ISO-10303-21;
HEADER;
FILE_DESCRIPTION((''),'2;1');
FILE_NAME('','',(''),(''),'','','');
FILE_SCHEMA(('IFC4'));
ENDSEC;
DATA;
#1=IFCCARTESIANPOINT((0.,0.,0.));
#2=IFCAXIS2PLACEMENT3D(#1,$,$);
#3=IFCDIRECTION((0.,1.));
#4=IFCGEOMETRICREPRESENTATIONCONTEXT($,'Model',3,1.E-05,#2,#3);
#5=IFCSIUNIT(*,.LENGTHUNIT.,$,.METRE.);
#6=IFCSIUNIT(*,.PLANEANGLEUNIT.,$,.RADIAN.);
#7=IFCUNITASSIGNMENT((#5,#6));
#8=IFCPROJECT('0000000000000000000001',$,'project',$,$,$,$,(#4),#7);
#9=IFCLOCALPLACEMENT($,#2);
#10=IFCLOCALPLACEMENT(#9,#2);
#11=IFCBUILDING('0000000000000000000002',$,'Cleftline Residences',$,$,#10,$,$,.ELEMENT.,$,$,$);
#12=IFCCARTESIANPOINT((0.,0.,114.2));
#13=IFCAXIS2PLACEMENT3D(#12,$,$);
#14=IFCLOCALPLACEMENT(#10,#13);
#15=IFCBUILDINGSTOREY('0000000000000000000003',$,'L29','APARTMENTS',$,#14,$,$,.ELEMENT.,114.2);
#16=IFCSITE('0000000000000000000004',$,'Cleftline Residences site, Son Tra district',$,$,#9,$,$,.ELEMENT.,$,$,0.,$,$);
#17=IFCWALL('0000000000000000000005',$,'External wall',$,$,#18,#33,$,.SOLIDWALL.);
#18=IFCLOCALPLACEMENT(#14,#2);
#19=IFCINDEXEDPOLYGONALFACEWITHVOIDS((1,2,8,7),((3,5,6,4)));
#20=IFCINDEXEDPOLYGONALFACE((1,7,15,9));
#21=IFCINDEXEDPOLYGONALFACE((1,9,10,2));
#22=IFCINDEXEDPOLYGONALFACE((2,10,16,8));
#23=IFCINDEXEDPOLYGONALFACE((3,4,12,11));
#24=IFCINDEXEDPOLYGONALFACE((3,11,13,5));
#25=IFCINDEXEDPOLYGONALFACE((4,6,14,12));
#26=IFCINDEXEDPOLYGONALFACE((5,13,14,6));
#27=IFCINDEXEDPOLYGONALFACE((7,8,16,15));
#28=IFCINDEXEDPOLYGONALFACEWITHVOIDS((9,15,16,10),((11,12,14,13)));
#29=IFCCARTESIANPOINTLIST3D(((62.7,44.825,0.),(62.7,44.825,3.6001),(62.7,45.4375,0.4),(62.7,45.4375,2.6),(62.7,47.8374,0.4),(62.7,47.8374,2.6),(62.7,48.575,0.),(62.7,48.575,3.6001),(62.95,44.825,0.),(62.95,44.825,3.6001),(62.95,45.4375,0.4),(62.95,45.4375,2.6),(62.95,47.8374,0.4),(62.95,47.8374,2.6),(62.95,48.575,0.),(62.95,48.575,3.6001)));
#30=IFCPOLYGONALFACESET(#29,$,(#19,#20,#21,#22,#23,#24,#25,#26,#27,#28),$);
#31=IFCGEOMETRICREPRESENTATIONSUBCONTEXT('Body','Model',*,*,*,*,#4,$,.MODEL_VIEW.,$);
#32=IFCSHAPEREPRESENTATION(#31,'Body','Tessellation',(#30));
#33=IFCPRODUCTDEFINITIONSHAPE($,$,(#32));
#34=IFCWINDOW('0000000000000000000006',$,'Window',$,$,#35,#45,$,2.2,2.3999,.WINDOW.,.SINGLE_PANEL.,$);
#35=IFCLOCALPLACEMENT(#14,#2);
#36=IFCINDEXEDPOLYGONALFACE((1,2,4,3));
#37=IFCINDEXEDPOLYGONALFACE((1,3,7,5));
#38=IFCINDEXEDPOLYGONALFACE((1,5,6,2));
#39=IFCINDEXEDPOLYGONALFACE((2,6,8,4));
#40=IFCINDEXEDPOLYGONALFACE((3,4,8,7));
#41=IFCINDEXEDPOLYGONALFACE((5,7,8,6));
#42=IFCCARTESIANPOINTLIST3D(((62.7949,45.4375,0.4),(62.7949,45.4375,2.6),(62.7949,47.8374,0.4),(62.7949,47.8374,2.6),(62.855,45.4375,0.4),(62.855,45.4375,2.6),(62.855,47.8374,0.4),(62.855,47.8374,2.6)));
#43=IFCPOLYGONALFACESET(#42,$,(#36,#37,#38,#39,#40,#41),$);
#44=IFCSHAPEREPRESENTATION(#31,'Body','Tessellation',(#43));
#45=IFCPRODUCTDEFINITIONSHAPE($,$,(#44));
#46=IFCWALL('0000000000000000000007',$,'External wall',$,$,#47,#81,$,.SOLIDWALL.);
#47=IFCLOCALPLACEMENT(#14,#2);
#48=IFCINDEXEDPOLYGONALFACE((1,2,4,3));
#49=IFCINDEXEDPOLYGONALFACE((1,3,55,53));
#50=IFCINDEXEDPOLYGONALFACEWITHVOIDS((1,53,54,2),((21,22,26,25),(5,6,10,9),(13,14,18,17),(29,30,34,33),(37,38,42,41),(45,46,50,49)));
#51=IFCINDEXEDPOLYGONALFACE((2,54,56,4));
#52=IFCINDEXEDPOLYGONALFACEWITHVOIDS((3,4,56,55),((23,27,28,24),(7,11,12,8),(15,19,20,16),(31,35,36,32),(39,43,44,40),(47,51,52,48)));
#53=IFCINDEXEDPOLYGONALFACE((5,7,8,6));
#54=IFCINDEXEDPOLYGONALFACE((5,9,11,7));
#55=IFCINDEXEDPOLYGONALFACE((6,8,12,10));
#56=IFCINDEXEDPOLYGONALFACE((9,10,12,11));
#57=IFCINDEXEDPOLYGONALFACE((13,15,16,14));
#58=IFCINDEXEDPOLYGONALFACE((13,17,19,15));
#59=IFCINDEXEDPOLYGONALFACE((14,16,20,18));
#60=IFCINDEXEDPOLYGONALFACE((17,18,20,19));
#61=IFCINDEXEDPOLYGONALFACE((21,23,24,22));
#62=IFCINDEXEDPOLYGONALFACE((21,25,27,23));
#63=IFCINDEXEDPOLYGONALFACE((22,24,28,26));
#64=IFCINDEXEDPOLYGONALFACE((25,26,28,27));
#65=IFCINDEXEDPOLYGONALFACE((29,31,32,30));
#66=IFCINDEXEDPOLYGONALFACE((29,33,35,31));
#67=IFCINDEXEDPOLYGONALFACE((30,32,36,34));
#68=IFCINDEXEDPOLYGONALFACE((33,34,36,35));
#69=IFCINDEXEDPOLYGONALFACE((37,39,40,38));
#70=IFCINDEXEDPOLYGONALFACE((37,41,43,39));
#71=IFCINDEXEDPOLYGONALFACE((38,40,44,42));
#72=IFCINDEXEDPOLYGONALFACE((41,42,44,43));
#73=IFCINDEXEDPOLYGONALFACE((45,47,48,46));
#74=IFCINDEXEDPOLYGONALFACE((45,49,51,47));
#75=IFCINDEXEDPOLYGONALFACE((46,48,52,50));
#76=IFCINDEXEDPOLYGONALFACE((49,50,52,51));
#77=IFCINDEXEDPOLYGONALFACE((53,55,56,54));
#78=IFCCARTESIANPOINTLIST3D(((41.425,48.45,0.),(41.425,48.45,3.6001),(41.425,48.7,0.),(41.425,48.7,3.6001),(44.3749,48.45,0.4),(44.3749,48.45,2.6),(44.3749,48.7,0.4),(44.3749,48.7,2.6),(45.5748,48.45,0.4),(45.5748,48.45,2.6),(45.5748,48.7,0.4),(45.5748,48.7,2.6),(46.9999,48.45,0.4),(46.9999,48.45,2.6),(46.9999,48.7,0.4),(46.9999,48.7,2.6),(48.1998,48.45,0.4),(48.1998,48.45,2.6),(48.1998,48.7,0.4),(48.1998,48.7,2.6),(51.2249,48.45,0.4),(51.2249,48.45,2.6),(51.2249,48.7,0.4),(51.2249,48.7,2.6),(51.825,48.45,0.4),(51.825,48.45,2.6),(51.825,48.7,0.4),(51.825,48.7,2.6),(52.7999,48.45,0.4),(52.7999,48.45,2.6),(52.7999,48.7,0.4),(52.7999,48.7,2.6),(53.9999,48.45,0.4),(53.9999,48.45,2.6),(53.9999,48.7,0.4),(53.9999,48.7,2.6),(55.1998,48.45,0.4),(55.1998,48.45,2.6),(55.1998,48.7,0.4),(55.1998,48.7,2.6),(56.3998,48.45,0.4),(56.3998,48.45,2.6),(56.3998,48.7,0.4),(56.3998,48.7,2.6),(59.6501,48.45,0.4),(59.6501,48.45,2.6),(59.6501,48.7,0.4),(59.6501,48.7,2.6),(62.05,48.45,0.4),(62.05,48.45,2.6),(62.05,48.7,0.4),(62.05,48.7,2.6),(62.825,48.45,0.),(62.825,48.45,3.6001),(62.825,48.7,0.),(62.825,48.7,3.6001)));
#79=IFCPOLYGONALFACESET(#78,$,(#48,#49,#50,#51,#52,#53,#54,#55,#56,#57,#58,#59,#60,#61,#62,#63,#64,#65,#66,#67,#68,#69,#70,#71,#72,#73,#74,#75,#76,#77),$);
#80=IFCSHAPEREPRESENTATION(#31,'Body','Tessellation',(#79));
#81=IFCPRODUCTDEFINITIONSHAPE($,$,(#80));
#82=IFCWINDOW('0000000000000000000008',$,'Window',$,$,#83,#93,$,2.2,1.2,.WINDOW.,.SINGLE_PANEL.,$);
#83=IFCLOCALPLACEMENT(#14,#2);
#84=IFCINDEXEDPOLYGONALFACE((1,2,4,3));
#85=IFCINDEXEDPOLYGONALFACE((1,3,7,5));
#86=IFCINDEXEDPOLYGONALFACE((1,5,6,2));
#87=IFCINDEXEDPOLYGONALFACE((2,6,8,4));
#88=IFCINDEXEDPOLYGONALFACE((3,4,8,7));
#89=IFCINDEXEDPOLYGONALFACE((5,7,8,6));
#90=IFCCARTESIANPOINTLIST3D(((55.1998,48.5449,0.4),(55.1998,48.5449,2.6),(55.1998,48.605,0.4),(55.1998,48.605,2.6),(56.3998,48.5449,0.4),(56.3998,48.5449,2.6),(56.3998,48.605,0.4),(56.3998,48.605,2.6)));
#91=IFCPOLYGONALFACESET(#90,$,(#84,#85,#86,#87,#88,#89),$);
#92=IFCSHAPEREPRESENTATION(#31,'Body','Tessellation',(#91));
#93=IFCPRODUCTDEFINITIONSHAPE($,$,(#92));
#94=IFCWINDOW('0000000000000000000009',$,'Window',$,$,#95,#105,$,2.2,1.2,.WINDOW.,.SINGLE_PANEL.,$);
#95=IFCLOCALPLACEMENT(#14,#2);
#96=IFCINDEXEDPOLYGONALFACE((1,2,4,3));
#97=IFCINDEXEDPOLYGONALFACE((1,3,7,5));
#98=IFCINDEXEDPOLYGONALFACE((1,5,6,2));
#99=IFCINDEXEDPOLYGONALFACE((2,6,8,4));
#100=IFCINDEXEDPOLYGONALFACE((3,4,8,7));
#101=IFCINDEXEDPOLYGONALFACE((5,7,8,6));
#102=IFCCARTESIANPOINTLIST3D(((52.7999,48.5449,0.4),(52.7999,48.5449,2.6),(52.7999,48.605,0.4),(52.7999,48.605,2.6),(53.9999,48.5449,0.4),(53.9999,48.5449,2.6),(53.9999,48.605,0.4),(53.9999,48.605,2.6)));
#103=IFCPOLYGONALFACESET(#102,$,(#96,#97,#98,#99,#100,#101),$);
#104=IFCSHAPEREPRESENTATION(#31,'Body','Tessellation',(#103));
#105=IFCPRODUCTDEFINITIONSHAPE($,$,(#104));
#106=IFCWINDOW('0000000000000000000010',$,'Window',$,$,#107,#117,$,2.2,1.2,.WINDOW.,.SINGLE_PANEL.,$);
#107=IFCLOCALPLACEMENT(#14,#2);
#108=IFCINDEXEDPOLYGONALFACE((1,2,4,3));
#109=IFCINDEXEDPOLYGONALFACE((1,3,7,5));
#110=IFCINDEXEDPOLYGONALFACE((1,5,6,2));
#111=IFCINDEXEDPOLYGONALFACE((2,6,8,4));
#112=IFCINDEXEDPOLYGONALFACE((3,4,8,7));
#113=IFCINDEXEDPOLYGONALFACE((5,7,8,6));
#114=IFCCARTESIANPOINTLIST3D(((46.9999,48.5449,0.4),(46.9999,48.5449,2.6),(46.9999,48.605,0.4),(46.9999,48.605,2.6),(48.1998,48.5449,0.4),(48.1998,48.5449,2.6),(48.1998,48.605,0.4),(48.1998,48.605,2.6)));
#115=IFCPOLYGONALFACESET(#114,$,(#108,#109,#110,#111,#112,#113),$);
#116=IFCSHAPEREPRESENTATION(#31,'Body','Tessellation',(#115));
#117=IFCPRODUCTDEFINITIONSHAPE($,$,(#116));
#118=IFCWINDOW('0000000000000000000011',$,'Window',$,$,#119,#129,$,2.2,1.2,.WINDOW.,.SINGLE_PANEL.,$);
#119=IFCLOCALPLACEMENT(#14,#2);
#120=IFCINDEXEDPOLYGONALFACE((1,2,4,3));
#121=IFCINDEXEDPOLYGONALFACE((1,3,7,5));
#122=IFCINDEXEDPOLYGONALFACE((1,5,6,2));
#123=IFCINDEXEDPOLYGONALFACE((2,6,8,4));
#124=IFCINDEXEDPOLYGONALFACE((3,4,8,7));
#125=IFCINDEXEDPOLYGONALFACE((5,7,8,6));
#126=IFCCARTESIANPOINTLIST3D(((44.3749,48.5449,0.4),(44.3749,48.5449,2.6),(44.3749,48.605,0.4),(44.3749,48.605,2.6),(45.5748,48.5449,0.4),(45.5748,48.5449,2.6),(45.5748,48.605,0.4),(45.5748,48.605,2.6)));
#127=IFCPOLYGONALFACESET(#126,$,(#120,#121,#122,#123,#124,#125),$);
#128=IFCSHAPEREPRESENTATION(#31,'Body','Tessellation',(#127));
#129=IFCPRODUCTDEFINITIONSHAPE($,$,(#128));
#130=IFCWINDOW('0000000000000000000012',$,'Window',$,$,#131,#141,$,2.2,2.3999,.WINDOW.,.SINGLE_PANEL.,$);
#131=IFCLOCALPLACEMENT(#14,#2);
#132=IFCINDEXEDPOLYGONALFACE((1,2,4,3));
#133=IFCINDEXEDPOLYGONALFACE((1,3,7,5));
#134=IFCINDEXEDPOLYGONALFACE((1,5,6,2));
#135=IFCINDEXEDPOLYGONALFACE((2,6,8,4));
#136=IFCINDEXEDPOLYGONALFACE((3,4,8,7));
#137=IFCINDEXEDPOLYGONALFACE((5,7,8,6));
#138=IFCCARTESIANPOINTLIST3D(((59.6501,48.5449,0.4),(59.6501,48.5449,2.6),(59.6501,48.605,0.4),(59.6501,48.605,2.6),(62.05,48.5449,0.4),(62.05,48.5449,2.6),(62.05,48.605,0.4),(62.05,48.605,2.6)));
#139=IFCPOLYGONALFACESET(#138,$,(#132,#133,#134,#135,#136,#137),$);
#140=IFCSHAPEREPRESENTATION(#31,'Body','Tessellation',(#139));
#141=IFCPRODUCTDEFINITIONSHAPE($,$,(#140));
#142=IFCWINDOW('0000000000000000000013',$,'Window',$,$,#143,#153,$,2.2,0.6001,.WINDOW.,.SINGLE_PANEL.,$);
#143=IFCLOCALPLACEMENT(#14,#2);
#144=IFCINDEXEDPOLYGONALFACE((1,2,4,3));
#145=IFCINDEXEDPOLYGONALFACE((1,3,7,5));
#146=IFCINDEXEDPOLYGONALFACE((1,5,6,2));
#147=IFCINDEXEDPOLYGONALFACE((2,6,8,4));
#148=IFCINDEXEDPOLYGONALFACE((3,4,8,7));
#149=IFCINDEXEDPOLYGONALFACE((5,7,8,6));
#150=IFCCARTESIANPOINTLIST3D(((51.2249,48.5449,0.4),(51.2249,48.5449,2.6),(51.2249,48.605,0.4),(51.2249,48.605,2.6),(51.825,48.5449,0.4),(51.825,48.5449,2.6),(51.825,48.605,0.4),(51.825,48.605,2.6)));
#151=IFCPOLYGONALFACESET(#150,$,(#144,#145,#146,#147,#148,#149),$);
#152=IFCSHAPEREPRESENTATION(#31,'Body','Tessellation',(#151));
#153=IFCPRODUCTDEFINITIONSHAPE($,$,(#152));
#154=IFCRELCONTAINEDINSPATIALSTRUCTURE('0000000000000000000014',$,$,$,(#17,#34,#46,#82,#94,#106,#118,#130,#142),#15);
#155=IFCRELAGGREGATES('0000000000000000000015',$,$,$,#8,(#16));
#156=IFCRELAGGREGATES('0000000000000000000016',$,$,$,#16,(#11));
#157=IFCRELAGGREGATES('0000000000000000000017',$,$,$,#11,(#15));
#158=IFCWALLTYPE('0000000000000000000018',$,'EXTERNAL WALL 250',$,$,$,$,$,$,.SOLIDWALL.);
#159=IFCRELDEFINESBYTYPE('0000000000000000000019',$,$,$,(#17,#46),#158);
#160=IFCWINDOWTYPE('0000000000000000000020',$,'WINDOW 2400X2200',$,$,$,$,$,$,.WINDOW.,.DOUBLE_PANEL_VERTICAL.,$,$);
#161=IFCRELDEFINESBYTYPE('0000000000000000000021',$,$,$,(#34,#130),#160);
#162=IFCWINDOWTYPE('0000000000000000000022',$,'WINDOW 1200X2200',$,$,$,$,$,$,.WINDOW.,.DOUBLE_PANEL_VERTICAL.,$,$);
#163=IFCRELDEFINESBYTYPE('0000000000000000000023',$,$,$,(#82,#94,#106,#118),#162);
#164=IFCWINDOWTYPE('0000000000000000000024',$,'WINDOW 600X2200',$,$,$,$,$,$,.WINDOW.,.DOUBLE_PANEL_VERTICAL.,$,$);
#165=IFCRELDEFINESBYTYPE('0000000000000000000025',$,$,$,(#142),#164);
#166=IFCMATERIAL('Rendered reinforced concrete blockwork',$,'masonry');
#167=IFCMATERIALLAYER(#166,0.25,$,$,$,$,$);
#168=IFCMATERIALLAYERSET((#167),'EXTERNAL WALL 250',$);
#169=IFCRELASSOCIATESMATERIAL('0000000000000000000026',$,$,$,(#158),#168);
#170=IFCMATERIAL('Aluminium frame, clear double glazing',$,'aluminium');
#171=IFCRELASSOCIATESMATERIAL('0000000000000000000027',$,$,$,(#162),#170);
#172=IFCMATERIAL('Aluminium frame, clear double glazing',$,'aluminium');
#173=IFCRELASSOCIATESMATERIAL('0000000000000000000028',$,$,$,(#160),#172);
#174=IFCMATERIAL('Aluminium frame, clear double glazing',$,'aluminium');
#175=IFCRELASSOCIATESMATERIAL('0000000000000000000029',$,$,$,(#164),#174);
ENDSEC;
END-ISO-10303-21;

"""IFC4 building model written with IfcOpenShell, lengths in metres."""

from ifc_helpers import new_model, si_unit, direction, frame, frame_2d, origin, place, context, subcontext, project, spatial, rectangle, extrude, material, layer, layer_set, type_object, element, fill, save


model = new_model("IFC4")

# Units and contexts
model_context = context("Model", 3, precision=1e-05, world=origin(), true_north=direction((0.0, 1.0)))
body_context = subcontext(model_context, "Body", "Model", "MODEL_VIEW")
ifc_project = project(units=[si_unit("LENGTHUNIT", "METRE"), si_unit("PLANEANGLEUNIT", "RADIAN")], contexts=[model_context])

# Site, building, storey
site_placement = place(None, origin())
site = spatial("IfcSite", under=ifc_project, at=site_placement, Name="Cleftline Residences site, Son Tra district", CompositionType="ELEMENT", RefElevation=0.0)
building_placement = place(site_placement, origin())
building = spatial("IfcBuilding", under=site, at=building_placement, Name="Cleftline Residences", CompositionType="ELEMENT")
storey_placement = place(building_placement, frame((0.0, 0.0, 114.2)))
storey = spatial("IfcBuildingStorey", under=building, at=storey_placement, Name="L29", Description="APARTMENTS", CompositionType="ELEMENT", Elevation=114.2)

# Shared definitions
ifc_material_1 = material(Name="Rendered reinforced concrete blockwork", Category="masonry")
ifc_layer_1 = layer(ifc_material_1, 0.25)
ifc_layer_set_1 = layer_set([ifc_layer_1], Name="EXTERNAL WALL 250")
wall_type_1 = type_object("IfcWallType", Name="EXTERNAL WALL 250", PredefinedType="SOLIDWALL", material=ifc_layer_set_1)
ifc_material_2 = material(Name="Aluminium frame, clear double glazing", Category="aluminium")
window_type_1 = type_object("IfcWindowType", Name="WINDOW 1200X2200", PartitioningType="DOUBLE_PANEL_VERTICAL", PredefinedType="WINDOW", material=ifc_material_2)

# Wall, opening, window
wall_1_placement = place(storey_placement, frame((62.825, 44.825, 0.0), z_axis=(0.0, 0.0, 1.0), x_axis=(0.0, 1.0, 0.0)))
wall_1 = element("IfcWall", 1, at=wall_1_placement, inside=storey, type_object=wall_type_1, Name="External wall", PredefinedType="SOLIDWALL", context=body_context, shape_type="SweptSolid", body=[
    extrude(rectangle(XDim=3.75, YDim=0.25, at=frame_2d((1.875, 0.0))), origin(), (0.0, 0.0, 1.0), 3.6001),
])
opening_1_placement = place(wall_1_placement, frame((0.6125, 0.0, 0.3999)))
opening_1 = element("IfcOpeningElement", 2, at=opening_1_placement, cuts=wall_1, PredefinedType="OPENING", context=body_context, shape_type="SweptSolid", body=[
    extrude(rectangle(XDim=2.3999, YDim=2.2, at=frame_2d((1.2, 1.1001))), frame((0.0, 0.135, 0.0), z_axis=(0.0, -1.0, 0.0), x_axis=(1.0, 0.0, 0.0)), (0.0, 0.0, 1.0), 0.27),
])
ifc_material_3 = material(Name="Aluminium frame, clear double glazing", Category="aluminium")
window_type_2 = type_object("IfcWindowType", Name="WINDOW 2400X2200", PartitioningType="DOUBLE_PANEL_VERTICAL", PredefinedType="WINDOW", material=ifc_material_3)
window_1_placement = place(opening_1_placement, origin())
window_1 = element("IfcWindow", 3, at=window_1_placement, inside=storey, type_object=window_type_2, Name="Window", OverallHeight=2.2, OverallWidth=2.3999, PartitioningType="SINGLE_PANEL", PredefinedType="WINDOW", context=body_context, shape_type="SweptSolid", body=[
    extrude(rectangle(XDim=2.3999, YDim=2.2, at=frame_2d((1.2, 1.1001))), frame((0.0, 0.03, 0.0), z_axis=(0.0, -1.0, 0.0), x_axis=(1.0, 0.0, 0.0)), (0.0, 0.0, 1.0), 0.0601),
])
fill(opening_1, window_1)

# Wall, openings, windows
wall_2_placement = place(storey_placement, frame((62.825, 48.575, 0.0), z_axis=(0.0, 0.0, 1.0), x_axis=(-1.0, 0.0, 0.0)))
wall_2 = element("IfcWall", 4, at=wall_2_placement, inside=storey, type_object=wall_type_1, Name="External wall", PredefinedType="SOLIDWALL", context=body_context, shape_type="SweptSolid", body=[
    extrude(rectangle(XDim=21.3999, YDim=0.25, at=frame_2d((10.7, 0.0))), origin(), (0.0, 0.0, 1.0), 3.6001),
])
opening_2_placement = place(wall_2_placement, frame((0.7749, 0.0, 0.3999)))
opening_2 = element("IfcOpeningElement", 5, at=opening_2_placement, cuts=wall_2, PredefinedType="OPENING", context=body_context, shape_type="SweptSolid", body=[
    extrude(rectangle(XDim=2.3999, YDim=2.2, at=frame_2d((1.2, 1.1001))), frame((0.0, 0.135, 0.0), z_axis=(0.0, -1.0, 0.0), x_axis=(1.0, 0.0, 0.0)), (0.0, 0.0, 1.0), 0.27),
])
opening_3_placement = place(wall_2_placement, frame((6.425, 0.0, 0.3999)))
opening_3 = element("IfcOpeningElement", 6, at=opening_3_placement, cuts=wall_2, PredefinedType="OPENING", context=body_context, shape_type="SweptSolid", body=[
    extrude(rectangle(XDim=1.2, YDim=2.2, at=frame_2d((0.6001, 1.1001))), frame((0.0, 0.135, 0.0), z_axis=(0.0, -1.0, 0.0), x_axis=(1.0, 0.0, 0.0)), (0.0, 0.0, 1.0), 0.27),
])
opening_4_placement = place(wall_2_placement, frame((8.825, 0.0, 0.3999)))
opening_4 = element("IfcOpeningElement", 7, at=opening_4_placement, cuts=wall_2, PredefinedType="OPENING", context=body_context, shape_type="SweptSolid", body=[
    extrude(rectangle(XDim=1.2, YDim=2.2, at=frame_2d((0.6001, 1.1001))), frame((0.0, 0.135, 0.0), z_axis=(0.0, -1.0, 0.0), x_axis=(1.0, 0.0, 0.0)), (0.0, 0.0, 1.0), 0.27),
])
opening_5_placement = place(wall_2_placement, frame((11.0, 0.0, 0.3999)))
opening_5 = element("IfcOpeningElement", 8, at=opening_5_placement, cuts=wall_2, PredefinedType="OPENING", context=body_context, shape_type="SweptSolid", body=[
    extrude(rectangle(XDim=0.6001, YDim=2.2, at=frame_2d((0.3, 1.1001))), frame((0.0, 0.135, 0.0), z_axis=(0.0, -1.0, 0.0), x_axis=(1.0, 0.0, 0.0)), (0.0, 0.0, 1.0), 0.27),
])
opening_6_placement = place(wall_2_placement, frame((14.625, 0.0, 0.3999)))
opening_6 = element("IfcOpeningElement", 9, at=opening_6_placement, cuts=wall_2, PredefinedType="OPENING", context=body_context, shape_type="SweptSolid", body=[
    extrude(rectangle(XDim=1.2, YDim=2.2, at=frame_2d((0.6001, 1.1001))), frame((0.0, 0.135, 0.0), z_axis=(0.0, -1.0, 0.0), x_axis=(1.0, 0.0, 0.0)), (0.0, 0.0, 1.0), 0.27),
])
opening_7_placement = place(wall_2_placement, frame((17.25, 0.0, 0.3999)))
opening_7 = element("IfcOpeningElement", 10, at=opening_7_placement, cuts=wall_2, PredefinedType="OPENING", context=body_context, shape_type="SweptSolid", body=[
    extrude(rectangle(XDim=1.2, YDim=2.2, at=frame_2d((0.6001, 1.1001))), frame((0.0, 0.135, 0.0), z_axis=(0.0, -1.0, 0.0), x_axis=(1.0, 0.0, 0.0)), (0.0, 0.0, 1.0), 0.27),
])
window_2_placement = place(opening_3_placement, origin())
window_2 = element("IfcWindow", 11, at=window_2_placement, inside=storey, type_object=window_type_1, Name="Window", OverallHeight=2.2, OverallWidth=1.2, PartitioningType="SINGLE_PANEL", PredefinedType="WINDOW", context=body_context, shape_type="SweptSolid", body=[
    extrude(rectangle(XDim=1.2, YDim=2.2, at=frame_2d((0.6001, 1.1001))), frame((0.0, 0.03, 0.0), z_axis=(0.0, -1.0, 0.0), x_axis=(1.0, 0.0, 0.0)), (0.0, 0.0, 1.0), 0.0601),
])
fill(opening_3, window_2)
window_3_placement = place(opening_4_placement, origin())
window_3 = element("IfcWindow", 12, at=window_3_placement, inside=storey, type_object=window_type_1, Name="Window", OverallHeight=2.2, OverallWidth=1.2, PartitioningType="SINGLE_PANEL", PredefinedType="WINDOW", context=body_context, shape_type="SweptSolid", body=[
    extrude(rectangle(XDim=1.2, YDim=2.2, at=frame_2d((0.6001, 1.1001))), frame((0.0, 0.03, 0.0), z_axis=(0.0, -1.0, 0.0), x_axis=(1.0, 0.0, 0.0)), (0.0, 0.0, 1.0), 0.0601),
])
fill(opening_4, window_3)
window_4_placement = place(opening_6_placement, origin())
window_4 = element("IfcWindow", 13, at=window_4_placement, inside=storey, type_object=window_type_1, Name="Window", OverallHeight=2.2, OverallWidth=1.2, PartitioningType="SINGLE_PANEL", PredefinedType="WINDOW", context=body_context, shape_type="SweptSolid", body=[
    extrude(rectangle(XDim=1.2, YDim=2.2, at=frame_2d((0.6001, 1.1001))), frame((0.0, 0.03, 0.0), z_axis=(0.0, -1.0, 0.0), x_axis=(1.0, 0.0, 0.0)), (0.0, 0.0, 1.0), 0.0601),
])
fill(opening_6, window_4)
window_5_placement = place(opening_7_placement, origin())
window_5 = element("IfcWindow", 14, at=window_5_placement, inside=storey, type_object=window_type_1, Name="Window", OverallHeight=2.2, OverallWidth=1.2, PartitioningType="SINGLE_PANEL", PredefinedType="WINDOW", context=body_context, shape_type="SweptSolid", body=[
    extrude(rectangle(XDim=1.2, YDim=2.2, at=frame_2d((0.6001, 1.1001))), frame((0.0, 0.03, 0.0), z_axis=(0.0, -1.0, 0.0), x_axis=(1.0, 0.0, 0.0)), (0.0, 0.0, 1.0), 0.0601),
])
fill(opening_7, window_5)
window_6_placement = place(opening_2_placement, origin())
window_6 = element("IfcWindow", 15, at=window_6_placement, inside=storey, type_object=window_type_2, Name="Window", OverallHeight=2.2, OverallWidth=2.3999, PartitioningType="SINGLE_PANEL", PredefinedType="WINDOW", context=body_context, shape_type="SweptSolid", body=[
    extrude(rectangle(XDim=2.3999, YDim=2.2, at=frame_2d((1.2, 1.1001))), frame((0.0, 0.03, 0.0), z_axis=(0.0, -1.0, 0.0), x_axis=(1.0, 0.0, 0.0)), (0.0, 0.0, 1.0), 0.0601),
])
fill(opening_2, window_6)
ifc_material_4 = material(Name="Aluminium frame, clear double glazing", Category="aluminium")
window_type_3 = type_object("IfcWindowType", Name="WINDOW 600X2200", PartitioningType="DOUBLE_PANEL_VERTICAL", PredefinedType="WINDOW", material=ifc_material_4)
window_7_placement = place(opening_5_placement, origin())
window_7 = element("IfcWindow", 16, at=window_7_placement, inside=storey, type_object=window_type_3, Name="Window", OverallHeight=2.2, OverallWidth=0.6001, PartitioningType="SINGLE_PANEL", PredefinedType="WINDOW", context=body_context, shape_type="SweptSolid", body=[
    extrude(rectangle(XDim=0.6001, YDim=2.2, at=frame_2d((0.3, 1.1001))), frame((0.0, 0.03, 0.0), z_axis=(0.0, -1.0, 0.0), x_axis=(1.0, 0.0, 0.0)), (0.0, 0.0, 1.0), 0.0601),
])
fill(opening_5, window_7)

save(model, "model.ifc")
